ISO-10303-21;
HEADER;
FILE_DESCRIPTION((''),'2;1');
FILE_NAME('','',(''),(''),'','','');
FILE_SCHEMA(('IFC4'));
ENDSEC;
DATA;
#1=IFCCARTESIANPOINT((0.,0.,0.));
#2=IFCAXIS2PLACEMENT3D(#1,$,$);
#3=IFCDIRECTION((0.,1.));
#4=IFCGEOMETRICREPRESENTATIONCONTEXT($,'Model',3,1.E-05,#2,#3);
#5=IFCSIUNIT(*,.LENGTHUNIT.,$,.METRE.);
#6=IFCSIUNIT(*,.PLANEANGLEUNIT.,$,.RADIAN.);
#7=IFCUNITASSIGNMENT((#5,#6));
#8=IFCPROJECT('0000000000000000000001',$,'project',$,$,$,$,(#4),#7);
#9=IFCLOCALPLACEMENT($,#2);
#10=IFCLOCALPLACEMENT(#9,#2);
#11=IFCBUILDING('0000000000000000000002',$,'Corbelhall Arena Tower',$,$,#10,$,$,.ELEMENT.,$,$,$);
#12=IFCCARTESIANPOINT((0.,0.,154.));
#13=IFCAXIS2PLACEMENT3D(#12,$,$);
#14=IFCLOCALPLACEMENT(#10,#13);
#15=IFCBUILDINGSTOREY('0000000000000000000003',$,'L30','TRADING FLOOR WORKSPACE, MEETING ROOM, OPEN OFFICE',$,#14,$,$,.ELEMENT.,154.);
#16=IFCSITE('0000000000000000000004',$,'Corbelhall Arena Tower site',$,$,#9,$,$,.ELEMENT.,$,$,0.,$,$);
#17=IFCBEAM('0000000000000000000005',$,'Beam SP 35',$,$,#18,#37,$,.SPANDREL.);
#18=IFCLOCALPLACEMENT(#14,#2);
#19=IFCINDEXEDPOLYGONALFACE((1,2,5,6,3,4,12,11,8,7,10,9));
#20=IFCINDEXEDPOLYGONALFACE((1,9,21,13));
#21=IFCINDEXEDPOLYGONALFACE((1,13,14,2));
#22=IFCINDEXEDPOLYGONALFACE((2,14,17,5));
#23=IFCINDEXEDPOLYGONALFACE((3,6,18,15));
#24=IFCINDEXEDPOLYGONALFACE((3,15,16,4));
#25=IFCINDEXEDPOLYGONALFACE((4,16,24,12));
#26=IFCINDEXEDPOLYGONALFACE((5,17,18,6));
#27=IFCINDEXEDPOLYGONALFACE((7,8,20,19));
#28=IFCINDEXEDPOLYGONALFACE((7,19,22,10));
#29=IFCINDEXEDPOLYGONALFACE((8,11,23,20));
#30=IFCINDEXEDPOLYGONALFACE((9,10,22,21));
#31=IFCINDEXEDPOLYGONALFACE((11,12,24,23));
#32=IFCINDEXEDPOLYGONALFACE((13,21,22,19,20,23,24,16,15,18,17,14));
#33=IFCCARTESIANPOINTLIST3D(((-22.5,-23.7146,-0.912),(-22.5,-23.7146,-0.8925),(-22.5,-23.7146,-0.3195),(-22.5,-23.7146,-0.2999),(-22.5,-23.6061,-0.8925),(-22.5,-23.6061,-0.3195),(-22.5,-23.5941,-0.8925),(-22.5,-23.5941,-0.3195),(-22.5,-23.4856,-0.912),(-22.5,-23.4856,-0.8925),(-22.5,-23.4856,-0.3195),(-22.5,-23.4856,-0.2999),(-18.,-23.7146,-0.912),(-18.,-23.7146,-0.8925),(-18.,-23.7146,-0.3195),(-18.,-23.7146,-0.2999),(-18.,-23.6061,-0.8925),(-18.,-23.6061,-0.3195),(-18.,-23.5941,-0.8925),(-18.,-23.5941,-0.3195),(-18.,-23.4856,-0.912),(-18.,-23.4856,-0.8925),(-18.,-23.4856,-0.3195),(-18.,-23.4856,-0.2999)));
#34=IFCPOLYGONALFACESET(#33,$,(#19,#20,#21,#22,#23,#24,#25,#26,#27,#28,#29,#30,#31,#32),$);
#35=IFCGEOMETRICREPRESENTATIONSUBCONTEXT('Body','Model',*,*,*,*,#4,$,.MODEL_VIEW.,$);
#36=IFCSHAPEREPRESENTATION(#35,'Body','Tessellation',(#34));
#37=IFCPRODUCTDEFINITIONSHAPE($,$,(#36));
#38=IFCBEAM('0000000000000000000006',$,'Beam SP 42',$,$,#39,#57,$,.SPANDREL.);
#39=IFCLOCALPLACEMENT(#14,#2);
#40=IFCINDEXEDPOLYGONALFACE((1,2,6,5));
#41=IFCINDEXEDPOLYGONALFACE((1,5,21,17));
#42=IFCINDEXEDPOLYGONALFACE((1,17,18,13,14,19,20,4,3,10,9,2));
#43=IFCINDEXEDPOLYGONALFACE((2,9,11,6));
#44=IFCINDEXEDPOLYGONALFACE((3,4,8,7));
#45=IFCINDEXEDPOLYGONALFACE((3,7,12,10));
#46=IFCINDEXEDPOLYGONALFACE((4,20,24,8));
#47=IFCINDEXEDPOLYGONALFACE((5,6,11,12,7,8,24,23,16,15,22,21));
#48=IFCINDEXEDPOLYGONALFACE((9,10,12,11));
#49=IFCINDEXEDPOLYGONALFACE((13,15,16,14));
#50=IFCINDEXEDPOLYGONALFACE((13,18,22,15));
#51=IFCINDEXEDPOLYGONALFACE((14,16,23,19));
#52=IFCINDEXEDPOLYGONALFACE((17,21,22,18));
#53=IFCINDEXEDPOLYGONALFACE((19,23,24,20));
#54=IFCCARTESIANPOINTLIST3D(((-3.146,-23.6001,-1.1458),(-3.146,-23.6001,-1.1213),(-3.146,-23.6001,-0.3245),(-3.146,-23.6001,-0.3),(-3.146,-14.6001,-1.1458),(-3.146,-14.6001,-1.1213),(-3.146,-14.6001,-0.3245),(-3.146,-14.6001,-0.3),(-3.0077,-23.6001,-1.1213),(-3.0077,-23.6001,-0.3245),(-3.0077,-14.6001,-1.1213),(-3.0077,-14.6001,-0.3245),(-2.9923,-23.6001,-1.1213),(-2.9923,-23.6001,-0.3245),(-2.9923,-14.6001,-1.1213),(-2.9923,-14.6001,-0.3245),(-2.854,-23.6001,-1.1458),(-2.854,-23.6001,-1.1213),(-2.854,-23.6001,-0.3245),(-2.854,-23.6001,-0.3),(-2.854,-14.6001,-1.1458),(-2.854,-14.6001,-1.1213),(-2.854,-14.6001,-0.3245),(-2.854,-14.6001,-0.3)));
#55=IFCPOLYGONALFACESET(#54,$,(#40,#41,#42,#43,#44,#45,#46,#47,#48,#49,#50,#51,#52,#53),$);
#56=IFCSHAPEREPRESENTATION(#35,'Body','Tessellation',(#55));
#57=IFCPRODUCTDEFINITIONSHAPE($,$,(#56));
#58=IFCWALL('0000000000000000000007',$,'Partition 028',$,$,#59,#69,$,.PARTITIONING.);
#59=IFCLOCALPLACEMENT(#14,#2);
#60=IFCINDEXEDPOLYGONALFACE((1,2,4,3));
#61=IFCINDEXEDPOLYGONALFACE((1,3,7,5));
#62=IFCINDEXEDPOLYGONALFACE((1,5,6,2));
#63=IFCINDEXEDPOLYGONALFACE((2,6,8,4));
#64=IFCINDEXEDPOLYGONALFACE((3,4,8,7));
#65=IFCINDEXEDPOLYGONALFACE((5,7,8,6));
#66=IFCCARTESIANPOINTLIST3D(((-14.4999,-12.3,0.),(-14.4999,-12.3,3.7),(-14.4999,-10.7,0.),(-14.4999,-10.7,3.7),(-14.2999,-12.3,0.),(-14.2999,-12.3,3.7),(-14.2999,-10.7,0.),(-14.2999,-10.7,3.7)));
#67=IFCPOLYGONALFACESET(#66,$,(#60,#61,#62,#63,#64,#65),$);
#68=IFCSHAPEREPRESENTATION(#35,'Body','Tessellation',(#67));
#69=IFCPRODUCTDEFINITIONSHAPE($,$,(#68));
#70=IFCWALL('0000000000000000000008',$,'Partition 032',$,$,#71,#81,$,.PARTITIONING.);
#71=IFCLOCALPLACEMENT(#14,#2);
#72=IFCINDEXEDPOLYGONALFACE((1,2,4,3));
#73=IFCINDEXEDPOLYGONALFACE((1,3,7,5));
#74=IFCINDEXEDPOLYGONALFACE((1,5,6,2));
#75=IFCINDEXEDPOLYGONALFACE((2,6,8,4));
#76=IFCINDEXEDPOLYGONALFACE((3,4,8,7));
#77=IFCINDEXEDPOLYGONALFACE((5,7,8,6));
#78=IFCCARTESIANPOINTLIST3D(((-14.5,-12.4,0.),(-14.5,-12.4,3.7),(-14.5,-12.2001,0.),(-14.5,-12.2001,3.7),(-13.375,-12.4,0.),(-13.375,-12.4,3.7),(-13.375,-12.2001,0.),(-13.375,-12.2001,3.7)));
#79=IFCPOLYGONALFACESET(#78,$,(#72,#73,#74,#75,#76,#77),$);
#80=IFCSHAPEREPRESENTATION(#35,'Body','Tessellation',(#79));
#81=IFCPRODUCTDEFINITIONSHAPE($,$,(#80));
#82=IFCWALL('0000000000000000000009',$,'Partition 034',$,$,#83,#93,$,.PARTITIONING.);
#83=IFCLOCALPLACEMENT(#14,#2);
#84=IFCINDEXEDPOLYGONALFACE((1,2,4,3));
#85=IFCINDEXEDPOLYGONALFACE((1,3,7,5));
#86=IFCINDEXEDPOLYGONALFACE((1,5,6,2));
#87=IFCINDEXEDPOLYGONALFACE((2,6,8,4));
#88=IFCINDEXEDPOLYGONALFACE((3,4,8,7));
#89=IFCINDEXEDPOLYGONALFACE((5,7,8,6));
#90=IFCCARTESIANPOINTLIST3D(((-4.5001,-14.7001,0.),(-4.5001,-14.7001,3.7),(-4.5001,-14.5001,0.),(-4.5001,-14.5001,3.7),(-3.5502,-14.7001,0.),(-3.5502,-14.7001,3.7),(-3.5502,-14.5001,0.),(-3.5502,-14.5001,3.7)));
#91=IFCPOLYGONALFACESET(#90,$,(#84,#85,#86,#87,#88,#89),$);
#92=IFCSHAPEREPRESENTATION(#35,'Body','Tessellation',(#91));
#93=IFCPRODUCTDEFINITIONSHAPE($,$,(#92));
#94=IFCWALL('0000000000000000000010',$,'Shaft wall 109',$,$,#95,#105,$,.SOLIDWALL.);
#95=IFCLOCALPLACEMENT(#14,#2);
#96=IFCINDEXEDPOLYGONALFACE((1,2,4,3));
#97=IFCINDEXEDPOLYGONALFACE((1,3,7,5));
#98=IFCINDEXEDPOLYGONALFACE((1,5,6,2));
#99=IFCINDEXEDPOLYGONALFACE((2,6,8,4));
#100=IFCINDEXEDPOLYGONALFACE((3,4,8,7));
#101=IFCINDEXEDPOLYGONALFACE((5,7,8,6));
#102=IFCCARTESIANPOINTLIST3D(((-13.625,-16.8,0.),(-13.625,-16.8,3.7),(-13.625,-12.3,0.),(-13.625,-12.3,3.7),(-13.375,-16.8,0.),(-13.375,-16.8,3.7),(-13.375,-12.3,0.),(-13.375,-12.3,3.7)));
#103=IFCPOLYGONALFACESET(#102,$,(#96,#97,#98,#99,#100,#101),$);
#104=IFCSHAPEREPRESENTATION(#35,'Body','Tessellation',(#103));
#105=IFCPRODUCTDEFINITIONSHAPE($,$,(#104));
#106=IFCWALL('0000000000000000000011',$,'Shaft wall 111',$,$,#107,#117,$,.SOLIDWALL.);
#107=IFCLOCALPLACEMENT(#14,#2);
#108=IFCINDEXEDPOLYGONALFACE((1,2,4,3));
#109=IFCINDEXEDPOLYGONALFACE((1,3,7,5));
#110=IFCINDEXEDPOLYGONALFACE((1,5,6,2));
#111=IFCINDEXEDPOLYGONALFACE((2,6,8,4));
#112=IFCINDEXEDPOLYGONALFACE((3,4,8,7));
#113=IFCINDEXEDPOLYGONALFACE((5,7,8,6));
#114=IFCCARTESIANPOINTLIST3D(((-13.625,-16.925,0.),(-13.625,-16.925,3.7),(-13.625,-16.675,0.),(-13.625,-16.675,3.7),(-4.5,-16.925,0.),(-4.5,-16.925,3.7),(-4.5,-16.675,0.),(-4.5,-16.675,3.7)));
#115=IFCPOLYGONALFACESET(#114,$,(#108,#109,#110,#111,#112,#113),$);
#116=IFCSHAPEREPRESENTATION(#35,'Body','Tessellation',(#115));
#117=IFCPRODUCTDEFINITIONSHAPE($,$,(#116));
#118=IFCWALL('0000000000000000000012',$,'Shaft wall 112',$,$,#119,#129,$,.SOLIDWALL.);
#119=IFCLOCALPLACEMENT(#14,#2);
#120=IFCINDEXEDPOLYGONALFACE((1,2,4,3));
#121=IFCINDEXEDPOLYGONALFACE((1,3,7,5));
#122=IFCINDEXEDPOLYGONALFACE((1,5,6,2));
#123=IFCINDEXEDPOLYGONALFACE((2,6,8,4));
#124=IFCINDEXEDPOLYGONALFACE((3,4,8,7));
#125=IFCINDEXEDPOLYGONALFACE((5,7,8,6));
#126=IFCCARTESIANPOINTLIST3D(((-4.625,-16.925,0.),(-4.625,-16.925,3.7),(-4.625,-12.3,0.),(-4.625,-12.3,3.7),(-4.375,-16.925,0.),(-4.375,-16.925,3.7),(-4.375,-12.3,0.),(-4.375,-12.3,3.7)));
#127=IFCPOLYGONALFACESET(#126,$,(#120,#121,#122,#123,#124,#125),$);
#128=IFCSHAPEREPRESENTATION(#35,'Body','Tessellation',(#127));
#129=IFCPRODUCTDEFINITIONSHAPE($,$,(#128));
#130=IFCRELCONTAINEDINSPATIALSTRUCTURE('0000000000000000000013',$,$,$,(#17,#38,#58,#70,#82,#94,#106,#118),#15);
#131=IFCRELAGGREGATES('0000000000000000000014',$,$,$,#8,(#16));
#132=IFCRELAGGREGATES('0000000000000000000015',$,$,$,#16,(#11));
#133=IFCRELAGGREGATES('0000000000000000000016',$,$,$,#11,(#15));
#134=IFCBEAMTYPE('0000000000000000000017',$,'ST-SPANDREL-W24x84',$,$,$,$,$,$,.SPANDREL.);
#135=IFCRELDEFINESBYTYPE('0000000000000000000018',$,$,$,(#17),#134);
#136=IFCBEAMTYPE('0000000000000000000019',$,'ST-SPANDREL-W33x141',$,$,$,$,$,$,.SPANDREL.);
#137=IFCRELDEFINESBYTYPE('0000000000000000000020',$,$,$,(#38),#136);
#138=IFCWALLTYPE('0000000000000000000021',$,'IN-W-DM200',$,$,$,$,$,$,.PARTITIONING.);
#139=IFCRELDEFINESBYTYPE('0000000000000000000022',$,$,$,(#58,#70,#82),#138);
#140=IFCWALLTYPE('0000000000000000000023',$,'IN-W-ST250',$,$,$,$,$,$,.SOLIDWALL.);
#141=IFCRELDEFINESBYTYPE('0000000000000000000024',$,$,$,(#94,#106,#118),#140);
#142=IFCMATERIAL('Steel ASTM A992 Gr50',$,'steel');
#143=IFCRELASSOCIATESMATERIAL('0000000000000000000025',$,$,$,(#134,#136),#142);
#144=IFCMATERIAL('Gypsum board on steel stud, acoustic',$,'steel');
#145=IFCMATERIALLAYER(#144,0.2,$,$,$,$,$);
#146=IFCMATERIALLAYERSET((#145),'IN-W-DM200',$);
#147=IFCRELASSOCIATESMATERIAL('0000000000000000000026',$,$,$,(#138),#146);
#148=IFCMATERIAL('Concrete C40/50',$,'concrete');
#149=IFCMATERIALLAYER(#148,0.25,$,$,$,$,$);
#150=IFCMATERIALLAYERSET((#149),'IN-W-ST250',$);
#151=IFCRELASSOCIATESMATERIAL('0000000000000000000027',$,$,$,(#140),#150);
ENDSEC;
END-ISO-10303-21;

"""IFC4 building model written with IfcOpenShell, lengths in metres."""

from ifc_helpers import new_model, si_unit, direction, frame, frame_2d, origin, origin_2d, place, context, subcontext, project, spatial, rectangle, i_section, extrude, material, layer, layer_set, material_profile, profile_set, type_object, element, save


model = new_model("IFC4")

# Units and contexts
model_context = context("Model", 3, precision=1e-05, world=origin(), true_north=direction((0.0, 1.0)))
body_context = subcontext(model_context, "Body", "Model", "MODEL_VIEW")
ifc_project = project(units=[si_unit("LENGTHUNIT", "METRE"), si_unit("PLANEANGLEUNIT", "RADIAN")], contexts=[model_context])

# Site, building, storey
site_placement = place(None, origin())
site = spatial("IfcSite", under=ifc_project, at=site_placement, Name="Corbelhall Arena Tower site", CompositionType="ELEMENT", RefElevation=0.0)
building_placement = place(site_placement, origin())
building = spatial("IfcBuilding", under=site, at=building_placement, Name="Corbelhall Arena Tower", CompositionType="ELEMENT")
storey_placement = place(building_placement, frame((0.0, 0.0, 154.0)))
storey = spatial("IfcBuildingStorey", under=building, at=storey_placement, Name="L30", Description="TRADING FLOOR WORKSPACE, MEETING ROOM, OPEN OFFICE", CompositionType="ELEMENT", Elevation=154.0)

# Beams
ifc_material_1 = material(Name="Steel ASTM A992 Gr50", Category="steel")
ifc_material_profile_1 = material_profile(ifc_material_1, i_section(OverallWidth=0.229, OverallDepth=0.6121, WebThickness=0.012, FlangeThickness=0.0195, at=origin_2d()))
ifc_profile_set_1 = profile_set([ifc_material_profile_1], Name="Steel ASTM A992 Gr50")
beam_type_1 = type_object("IfcBeamType", Name="ST-SPANDREL-W24x84", PredefinedType="SPANDREL", material=ifc_profile_set_1)
for number, where, z_axis, x_axis, name in (
    (1, (-18.0, -23.6001, -0.606), (-1.0, 0.0, 0.0), (0.0, -1.0, 0.0), "Beam SP 35"),
):
    element("IfcBeam", number, at=place(storey_placement, frame(where, z_axis=z_axis, x_axis=x_axis)), inside=storey, type_object=beam_type_1, Name=name, PredefinedType="SPANDREL", context=body_context, shape_type="SweptSolid", body=[
        extrude(i_section(OverallWidth=0.229, OverallDepth=0.6121, WebThickness=0.012, FlangeThickness=0.0195, at=origin_2d()), origin(), (0.0, 0.0, 1.0), 4.5),
    ])
ifc_material_profile_2 = material_profile(ifc_material_1, i_section(OverallWidth=0.292, OverallDepth=0.8457, WebThickness=0.0154, FlangeThickness=0.0244, at=origin_2d()))
ifc_profile_set_2 = profile_set([ifc_material_profile_2], Name="Steel ASTM A992 Gr50")
beam_type_2 = type_object("IfcBeamType", Name="ST-SPANDREL-W33x141", PredefinedType="SPANDREL", material=ifc_profile_set_2)
beam_1_placement = place(storey_placement, frame((-3.0, -14.6001, -0.7229), z_axis=(0.0, -1.0, 0.0), x_axis=(1.0, 0.0, 0.0)))
element("IfcBeam", 2, at=beam_1_placement, inside=storey, type_object=beam_type_2, Name="Beam SP 42", PredefinedType="SPANDREL", context=body_context, shape_type="SweptSolid", body=[
    extrude(i_section(OverallWidth=0.292, OverallDepth=0.8457, WebThickness=0.0154, FlangeThickness=0.0244, at=origin_2d()), origin(), (0.0, 0.0, 1.0), 9.0),
])

# Walls
ifc_material_2 = material(Name="Gypsum board on steel stud, acoustic", Category="steel")
ifc_layer_1 = layer(ifc_material_2, 0.2)
ifc_layer_set_1 = layer_set([ifc_layer_1], Name="IN-W-DM200")
wall_type_1 = type_object("IfcWallType", Name="IN-W-DM200", PredefinedType="PARTITIONING", material=ifc_layer_set_1)
wall_1_placement = place(storey_placement, frame((-14.3999, -12.3, 0.0), z_axis=(0.0, 0.0, 1.0), x_axis=(0.0, 1.0, 0.0)))
element("IfcWall", 3, at=wall_1_placement, inside=storey, type_object=wall_type_1, Name="Partition 028", PredefinedType="PARTITIONING", context=body_context, shape_type="SweptSolid", body=[
    extrude(rectangle(XDim=1.6001, YDim=0.2, at=frame_2d((0.8, 0.0))), origin(), (0.0, 0.0, 1.0), 3.7),
])
wall_2_placement = place(storey_placement, frame((-13.375, -12.3, 0.0), z_axis=(0.0, 0.0, 1.0), x_axis=(-1.0, 0.0, 0.0)))
element("IfcWall", 4, at=wall_2_placement, inside=storey, type_object=wall_type_1, Name="Partition 032", PredefinedType="PARTITIONING", context=body_context, shape_type="SweptSolid", body=[
    extrude(rectangle(XDim=1.125, YDim=0.2, at=frame_2d((0.5625, 0.0))), origin(), (0.0, 0.0, 1.0), 3.7),
])
wall_3_placement = place(storey_placement, frame((-3.55, -14.6001, 0.0), z_axis=(0.0, 0.0, 1.0), x_axis=(-1.0, 0.0, 0.0)))
element("IfcWall", 5, at=wall_3_placement, inside=storey, type_object=wall_type_1, Name="Partition 034", PredefinedType="PARTITIONING", context=body_context, shape_type="SweptSolid", body=[
    extrude(rectangle(XDim=0.95, YDim=0.2, at=frame_2d((0.4751, 0.0))), origin(), (0.0, 0.0, 1.0), 3.7),
])
ifc_material_3 = material(Name="Concrete C40/50", Category="concrete")
ifc_layer_2 = layer(ifc_material_3, 0.25)
ifc_layer_set_2 = layer_set([ifc_layer_2], Name="IN-W-ST250")
wall_type_2 = type_object("IfcWallType", Name="IN-W-ST250", PredefinedType="SOLIDWALL", material=ifc_layer_set_2)
wall_4_placement = place(storey_placement, frame((-13.5, -16.8, 0.0), z_axis=(0.0, 0.0, 1.0), x_axis=(0.0, 1.0, 0.0)))
element("IfcWall", 6, at=wall_4_placement, inside=storey, type_object=wall_type_2, Name="Shaft wall 109", PredefinedType="SOLIDWALL", context=body_context, shape_type="SweptSolid", body=[
    extrude(rectangle(XDim=4.5, YDim=0.25, at=frame_2d((2.25, 0.0))), origin(), (0.0, 0.0, 1.0), 3.7),
])
wall_5_placement = place(storey_placement, frame((-4.5, -16.8, 0.0), z_axis=(0.0, 0.0, 1.0), x_axis=(-1.0, 0.0, 0.0)))
element("IfcWall", 7, at=wall_5_placement, inside=storey, type_object=wall_type_2, Name="Shaft wall 111", PredefinedType="SOLIDWALL", context=body_context, shape_type="SweptSolid", body=[
    extrude(rectangle(XDim=9.125, YDim=0.25, at=frame_2d((4.5625, 0.0))), origin(), (0.0, 0.0, 1.0), 3.7),
])
wall_6_placement = place(storey_placement, frame((-4.5, -12.3, 0.0), z_axis=(0.0, 0.0, 1.0), x_axis=(0.0, -1.0, 0.0)))
element("IfcWall", 8, at=wall_6_placement, inside=storey, type_object=wall_type_2, Name="Shaft wall 112", PredefinedType="SOLIDWALL", context=body_context, shape_type="SweptSolid", body=[
    extrude(rectangle(XDim=4.625, YDim=0.25, at=frame_2d((2.3125, 0.0))), origin(), (0.0, 0.0, 1.0), 3.7),
])

save(model, "model.ifc")
